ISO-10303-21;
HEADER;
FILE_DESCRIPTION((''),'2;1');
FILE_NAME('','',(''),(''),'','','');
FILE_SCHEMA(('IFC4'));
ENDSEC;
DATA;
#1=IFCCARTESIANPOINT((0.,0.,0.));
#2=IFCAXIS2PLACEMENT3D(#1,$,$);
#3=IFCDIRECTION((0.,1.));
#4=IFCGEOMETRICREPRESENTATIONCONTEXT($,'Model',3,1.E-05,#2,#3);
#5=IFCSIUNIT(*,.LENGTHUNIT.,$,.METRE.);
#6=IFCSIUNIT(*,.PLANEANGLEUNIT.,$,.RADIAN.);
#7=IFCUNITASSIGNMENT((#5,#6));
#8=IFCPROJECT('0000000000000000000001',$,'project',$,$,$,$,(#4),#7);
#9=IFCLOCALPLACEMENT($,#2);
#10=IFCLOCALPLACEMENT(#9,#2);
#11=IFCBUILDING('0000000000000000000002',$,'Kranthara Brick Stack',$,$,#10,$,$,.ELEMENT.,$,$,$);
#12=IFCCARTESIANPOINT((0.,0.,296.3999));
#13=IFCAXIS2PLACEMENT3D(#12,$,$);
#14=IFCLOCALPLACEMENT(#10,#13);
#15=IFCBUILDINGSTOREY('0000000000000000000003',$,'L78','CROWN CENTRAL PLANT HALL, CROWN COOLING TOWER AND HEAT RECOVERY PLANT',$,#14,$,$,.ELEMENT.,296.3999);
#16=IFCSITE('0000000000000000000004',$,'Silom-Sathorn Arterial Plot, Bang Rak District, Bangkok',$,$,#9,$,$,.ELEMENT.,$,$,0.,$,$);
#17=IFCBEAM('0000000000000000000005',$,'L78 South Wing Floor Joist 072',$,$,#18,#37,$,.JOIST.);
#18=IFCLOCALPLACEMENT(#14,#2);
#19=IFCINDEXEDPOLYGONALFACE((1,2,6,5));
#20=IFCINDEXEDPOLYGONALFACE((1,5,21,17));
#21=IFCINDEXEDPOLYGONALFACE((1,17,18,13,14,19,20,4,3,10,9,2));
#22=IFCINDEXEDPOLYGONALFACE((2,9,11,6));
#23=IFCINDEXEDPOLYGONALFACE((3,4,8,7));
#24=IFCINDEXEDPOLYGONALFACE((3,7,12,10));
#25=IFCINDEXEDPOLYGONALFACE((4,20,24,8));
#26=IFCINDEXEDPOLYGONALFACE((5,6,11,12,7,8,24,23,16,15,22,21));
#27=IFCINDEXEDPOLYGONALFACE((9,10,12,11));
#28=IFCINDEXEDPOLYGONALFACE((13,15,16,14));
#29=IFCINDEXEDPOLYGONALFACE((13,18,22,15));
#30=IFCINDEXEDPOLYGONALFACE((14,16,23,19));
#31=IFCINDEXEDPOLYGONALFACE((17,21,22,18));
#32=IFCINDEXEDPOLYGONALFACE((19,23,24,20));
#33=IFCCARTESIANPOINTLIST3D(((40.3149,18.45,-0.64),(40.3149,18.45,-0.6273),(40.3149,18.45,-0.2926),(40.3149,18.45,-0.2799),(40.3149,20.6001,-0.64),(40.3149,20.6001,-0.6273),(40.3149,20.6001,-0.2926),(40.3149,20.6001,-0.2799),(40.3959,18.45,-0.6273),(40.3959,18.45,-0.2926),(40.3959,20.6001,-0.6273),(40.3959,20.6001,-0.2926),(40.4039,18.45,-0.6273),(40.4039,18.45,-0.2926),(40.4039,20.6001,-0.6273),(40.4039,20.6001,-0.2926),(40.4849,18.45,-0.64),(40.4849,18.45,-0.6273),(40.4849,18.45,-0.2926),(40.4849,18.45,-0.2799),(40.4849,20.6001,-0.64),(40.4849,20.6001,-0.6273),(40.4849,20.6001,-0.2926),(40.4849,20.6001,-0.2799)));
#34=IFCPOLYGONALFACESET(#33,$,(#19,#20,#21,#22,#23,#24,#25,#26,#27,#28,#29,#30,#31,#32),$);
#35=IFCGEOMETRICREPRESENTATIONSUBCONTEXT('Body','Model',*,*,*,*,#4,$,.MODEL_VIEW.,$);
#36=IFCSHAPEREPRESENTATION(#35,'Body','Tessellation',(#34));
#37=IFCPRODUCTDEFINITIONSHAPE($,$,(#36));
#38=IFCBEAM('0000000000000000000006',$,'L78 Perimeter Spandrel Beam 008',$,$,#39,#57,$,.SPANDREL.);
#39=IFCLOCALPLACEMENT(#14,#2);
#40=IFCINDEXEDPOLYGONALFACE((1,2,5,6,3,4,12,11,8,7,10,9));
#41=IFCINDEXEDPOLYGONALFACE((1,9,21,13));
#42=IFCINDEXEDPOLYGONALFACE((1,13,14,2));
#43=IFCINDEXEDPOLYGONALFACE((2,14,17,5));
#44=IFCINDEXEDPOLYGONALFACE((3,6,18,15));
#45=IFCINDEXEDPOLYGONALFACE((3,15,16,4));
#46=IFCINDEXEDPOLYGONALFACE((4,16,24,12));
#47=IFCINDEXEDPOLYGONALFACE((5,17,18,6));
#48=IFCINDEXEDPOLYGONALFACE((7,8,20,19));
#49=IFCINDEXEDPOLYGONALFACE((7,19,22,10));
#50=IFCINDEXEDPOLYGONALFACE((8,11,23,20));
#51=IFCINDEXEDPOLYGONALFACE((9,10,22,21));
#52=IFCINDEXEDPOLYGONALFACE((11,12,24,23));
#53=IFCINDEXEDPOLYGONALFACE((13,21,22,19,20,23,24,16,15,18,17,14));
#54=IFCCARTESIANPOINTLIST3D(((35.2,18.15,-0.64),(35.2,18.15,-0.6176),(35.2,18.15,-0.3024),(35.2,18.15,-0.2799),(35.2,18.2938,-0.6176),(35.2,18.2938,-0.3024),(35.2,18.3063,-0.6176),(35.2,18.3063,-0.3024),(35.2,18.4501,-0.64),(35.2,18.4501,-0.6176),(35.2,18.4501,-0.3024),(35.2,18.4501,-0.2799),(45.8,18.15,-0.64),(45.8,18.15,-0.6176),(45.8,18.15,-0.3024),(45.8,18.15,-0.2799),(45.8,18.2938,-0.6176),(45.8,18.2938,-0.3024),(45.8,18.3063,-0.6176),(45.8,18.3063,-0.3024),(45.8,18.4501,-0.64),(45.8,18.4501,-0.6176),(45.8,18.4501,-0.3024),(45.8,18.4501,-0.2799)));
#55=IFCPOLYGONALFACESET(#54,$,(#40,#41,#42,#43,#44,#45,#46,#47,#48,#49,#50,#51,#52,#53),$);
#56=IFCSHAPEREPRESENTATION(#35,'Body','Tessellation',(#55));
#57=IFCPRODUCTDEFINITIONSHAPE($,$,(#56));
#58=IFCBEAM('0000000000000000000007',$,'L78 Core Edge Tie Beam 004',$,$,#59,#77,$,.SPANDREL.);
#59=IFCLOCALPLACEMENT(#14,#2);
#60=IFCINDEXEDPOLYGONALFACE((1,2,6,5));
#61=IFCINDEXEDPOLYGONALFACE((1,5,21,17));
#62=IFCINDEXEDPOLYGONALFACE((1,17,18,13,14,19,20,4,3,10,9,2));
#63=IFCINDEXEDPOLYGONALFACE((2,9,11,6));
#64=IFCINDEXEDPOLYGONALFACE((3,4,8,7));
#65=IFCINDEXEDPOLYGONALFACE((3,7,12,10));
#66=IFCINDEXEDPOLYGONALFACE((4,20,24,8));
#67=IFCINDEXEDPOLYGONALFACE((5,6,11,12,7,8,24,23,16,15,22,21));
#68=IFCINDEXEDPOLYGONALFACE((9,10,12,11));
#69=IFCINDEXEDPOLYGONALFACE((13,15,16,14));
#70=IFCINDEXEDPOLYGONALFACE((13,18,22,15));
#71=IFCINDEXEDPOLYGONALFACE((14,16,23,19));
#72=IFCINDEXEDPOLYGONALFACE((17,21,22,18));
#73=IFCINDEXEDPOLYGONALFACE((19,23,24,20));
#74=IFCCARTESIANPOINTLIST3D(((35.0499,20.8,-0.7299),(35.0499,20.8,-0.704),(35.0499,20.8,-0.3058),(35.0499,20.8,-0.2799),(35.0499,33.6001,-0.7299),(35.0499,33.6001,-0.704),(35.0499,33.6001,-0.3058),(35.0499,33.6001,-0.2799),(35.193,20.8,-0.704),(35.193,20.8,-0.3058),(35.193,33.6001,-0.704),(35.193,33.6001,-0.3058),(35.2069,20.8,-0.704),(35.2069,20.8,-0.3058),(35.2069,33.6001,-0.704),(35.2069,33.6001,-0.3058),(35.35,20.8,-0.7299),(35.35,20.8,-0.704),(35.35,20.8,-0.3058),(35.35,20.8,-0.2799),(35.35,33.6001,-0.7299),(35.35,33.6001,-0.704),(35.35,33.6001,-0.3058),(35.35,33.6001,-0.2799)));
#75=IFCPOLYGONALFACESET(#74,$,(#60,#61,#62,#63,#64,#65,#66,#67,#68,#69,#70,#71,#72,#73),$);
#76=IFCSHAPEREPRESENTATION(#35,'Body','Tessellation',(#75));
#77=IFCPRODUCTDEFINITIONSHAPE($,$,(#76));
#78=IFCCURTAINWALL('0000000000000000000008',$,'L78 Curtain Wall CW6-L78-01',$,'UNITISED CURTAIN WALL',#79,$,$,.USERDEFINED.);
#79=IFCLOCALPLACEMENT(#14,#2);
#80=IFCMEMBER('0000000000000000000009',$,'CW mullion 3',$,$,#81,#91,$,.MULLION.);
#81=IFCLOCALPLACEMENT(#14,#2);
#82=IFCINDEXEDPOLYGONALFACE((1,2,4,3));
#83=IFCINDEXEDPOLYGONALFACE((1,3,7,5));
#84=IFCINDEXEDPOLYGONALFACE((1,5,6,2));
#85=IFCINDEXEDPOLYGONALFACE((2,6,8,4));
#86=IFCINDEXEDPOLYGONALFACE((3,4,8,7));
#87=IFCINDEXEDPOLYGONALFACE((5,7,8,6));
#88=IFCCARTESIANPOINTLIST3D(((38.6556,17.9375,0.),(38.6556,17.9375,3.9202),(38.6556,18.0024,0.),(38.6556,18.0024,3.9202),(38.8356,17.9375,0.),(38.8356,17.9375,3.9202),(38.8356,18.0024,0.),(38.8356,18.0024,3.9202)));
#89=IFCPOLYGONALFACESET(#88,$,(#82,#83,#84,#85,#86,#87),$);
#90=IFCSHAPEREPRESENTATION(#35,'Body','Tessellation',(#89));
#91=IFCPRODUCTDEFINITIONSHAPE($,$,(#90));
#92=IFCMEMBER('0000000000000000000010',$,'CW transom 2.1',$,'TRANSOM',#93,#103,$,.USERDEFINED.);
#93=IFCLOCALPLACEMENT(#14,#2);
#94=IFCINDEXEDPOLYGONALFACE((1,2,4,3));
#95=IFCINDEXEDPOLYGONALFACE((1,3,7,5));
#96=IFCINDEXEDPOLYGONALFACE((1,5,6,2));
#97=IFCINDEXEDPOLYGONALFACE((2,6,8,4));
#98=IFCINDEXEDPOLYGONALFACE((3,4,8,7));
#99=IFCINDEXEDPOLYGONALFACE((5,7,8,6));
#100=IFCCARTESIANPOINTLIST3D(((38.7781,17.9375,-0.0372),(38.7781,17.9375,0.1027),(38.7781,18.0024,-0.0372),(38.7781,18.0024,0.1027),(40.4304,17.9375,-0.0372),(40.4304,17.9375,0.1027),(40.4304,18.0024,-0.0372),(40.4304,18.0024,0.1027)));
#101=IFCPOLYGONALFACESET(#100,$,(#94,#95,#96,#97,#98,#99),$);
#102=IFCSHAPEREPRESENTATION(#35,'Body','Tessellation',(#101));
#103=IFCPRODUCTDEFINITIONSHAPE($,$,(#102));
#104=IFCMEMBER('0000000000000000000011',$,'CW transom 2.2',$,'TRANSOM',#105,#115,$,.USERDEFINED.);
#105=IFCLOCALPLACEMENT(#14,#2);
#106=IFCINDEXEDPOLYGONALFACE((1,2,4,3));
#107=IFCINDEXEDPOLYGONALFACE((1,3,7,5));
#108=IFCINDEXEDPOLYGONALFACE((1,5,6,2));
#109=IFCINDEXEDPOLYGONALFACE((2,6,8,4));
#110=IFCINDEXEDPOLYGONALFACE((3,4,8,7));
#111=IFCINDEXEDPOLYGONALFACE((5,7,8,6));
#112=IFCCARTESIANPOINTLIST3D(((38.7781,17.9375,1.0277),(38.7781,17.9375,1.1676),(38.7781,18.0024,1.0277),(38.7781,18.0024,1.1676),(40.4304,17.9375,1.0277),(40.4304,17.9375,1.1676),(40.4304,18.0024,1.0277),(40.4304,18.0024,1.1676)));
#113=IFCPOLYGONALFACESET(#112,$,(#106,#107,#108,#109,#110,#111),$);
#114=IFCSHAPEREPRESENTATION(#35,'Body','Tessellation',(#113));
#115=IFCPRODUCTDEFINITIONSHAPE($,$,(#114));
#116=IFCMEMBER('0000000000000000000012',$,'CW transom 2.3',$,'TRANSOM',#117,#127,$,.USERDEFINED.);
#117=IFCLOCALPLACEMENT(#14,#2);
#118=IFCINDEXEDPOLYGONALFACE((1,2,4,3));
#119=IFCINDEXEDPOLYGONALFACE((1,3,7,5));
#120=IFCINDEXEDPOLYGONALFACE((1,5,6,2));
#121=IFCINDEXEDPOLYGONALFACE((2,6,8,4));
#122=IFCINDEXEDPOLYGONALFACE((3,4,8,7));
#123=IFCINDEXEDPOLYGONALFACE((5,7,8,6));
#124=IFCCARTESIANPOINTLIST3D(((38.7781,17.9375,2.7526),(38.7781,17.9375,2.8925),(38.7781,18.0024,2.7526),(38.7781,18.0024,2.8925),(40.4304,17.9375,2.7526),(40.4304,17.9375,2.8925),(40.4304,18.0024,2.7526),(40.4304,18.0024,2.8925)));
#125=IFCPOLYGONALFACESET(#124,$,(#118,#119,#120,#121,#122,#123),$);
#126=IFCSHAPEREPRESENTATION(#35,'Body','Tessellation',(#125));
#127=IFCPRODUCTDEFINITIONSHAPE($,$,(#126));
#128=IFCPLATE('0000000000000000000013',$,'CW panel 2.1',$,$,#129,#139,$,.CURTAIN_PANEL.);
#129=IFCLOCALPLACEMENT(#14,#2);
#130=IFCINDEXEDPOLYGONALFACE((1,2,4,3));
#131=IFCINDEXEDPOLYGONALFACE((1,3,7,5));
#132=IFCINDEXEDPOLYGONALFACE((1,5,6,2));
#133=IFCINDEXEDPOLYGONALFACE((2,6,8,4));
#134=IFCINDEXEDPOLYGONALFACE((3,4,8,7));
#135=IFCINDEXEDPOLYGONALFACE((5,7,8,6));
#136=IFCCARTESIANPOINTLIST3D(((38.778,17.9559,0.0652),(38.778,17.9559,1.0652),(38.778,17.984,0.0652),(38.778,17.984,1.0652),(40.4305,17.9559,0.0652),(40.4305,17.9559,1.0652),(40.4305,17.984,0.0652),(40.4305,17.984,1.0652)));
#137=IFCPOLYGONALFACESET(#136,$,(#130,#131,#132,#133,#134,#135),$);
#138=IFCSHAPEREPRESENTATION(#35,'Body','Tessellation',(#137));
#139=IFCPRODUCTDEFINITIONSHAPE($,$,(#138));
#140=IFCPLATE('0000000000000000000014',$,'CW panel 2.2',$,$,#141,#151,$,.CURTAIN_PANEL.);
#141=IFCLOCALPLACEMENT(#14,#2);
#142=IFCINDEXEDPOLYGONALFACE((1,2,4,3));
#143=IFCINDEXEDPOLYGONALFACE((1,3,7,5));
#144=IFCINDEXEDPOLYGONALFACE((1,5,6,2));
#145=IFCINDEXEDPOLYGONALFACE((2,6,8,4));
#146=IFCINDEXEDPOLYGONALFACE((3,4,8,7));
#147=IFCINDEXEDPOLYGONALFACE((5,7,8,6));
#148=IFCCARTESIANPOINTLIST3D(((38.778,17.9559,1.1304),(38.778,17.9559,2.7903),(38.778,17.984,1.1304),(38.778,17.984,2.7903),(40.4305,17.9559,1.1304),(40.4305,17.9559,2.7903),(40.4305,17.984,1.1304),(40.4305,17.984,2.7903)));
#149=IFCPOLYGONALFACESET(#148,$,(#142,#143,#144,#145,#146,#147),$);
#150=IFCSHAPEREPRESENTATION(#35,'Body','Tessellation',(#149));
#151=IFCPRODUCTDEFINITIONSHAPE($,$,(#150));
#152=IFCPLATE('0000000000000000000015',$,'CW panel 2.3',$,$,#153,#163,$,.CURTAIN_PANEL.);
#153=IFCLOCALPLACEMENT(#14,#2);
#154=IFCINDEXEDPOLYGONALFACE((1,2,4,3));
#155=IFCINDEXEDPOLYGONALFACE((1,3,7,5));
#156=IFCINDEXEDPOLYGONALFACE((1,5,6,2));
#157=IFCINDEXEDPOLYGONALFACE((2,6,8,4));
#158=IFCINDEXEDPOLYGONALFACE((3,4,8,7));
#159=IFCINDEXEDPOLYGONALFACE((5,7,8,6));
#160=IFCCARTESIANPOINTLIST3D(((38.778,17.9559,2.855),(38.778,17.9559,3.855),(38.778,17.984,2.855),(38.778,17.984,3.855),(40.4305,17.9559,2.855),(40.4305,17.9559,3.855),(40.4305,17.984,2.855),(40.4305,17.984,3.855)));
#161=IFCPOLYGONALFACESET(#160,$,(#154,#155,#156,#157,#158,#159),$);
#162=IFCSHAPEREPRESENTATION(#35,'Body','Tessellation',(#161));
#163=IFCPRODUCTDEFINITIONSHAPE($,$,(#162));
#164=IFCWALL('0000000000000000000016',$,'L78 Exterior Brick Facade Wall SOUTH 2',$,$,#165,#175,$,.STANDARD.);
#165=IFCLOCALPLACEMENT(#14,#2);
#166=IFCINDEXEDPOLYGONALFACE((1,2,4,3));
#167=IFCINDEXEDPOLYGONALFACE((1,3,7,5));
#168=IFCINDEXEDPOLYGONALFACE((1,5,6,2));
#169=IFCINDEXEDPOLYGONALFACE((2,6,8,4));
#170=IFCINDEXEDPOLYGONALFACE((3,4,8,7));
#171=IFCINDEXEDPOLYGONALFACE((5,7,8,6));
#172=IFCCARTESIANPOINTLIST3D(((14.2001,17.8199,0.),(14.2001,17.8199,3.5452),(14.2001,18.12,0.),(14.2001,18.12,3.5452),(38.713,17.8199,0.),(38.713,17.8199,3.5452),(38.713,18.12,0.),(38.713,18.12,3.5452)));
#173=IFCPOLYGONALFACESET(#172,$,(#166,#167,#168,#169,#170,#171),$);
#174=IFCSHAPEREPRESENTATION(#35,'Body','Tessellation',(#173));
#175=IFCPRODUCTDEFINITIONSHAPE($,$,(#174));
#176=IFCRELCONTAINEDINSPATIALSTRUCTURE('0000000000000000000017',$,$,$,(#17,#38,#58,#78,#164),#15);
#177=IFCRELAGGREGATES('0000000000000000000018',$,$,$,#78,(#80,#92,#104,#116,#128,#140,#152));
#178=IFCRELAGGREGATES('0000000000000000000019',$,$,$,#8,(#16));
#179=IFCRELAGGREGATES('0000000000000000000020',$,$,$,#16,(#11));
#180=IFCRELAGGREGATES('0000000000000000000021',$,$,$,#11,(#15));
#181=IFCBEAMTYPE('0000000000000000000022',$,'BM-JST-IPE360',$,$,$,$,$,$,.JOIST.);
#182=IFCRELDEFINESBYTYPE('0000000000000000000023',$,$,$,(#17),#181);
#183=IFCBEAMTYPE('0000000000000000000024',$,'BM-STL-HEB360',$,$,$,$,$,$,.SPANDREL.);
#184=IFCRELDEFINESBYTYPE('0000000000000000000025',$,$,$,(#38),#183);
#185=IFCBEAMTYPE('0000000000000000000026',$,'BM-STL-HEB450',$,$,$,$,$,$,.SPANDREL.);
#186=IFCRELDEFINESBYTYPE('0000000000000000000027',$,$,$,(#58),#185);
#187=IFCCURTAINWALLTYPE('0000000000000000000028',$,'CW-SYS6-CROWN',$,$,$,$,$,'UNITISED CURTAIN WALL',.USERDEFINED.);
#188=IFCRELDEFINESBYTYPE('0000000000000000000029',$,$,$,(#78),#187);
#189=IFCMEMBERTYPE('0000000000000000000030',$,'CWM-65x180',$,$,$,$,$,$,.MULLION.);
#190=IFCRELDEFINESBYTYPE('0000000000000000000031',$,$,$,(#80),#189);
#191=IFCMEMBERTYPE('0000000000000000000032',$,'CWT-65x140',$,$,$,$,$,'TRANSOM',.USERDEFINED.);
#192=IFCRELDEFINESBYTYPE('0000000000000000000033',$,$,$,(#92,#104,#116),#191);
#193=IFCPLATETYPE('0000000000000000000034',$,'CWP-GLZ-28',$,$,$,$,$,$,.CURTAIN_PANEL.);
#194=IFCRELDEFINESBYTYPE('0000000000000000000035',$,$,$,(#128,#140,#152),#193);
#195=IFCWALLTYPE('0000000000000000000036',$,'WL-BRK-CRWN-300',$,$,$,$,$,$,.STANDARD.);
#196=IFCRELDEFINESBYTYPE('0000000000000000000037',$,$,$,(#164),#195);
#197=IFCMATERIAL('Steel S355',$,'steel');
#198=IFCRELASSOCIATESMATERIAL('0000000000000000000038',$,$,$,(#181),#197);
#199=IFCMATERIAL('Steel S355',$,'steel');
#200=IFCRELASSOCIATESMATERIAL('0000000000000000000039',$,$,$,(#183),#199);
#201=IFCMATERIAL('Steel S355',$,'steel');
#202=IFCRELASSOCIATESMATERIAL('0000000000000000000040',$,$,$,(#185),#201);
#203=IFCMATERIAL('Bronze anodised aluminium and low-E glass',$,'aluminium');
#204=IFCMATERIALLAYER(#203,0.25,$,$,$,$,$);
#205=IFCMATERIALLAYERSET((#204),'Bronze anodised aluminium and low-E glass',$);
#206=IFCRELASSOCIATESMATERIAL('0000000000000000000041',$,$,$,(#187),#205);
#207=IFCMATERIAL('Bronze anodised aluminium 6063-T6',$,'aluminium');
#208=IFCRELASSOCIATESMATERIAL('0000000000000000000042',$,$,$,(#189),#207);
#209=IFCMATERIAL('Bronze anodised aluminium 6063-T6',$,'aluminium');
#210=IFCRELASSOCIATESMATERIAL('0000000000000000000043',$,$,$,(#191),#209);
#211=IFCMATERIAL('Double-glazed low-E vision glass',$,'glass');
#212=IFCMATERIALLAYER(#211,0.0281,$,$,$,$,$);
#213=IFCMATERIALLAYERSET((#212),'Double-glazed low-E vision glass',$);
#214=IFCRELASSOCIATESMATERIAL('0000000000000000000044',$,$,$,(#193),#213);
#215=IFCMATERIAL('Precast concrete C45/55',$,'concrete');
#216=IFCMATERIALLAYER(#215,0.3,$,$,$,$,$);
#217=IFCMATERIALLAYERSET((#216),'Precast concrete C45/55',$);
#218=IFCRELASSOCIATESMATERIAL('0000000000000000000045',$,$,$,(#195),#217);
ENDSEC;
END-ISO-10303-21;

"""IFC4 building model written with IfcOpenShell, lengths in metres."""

from ifc_helpers import new_model, si_unit, direction, frame, frame_2d, origin, origin_2d, place, context, subcontext, project, spatial, rectangle, i_section, extrude, material, layer, layer_set, material_profile, profile_set, type_object, element, aggregate, save


model = new_model("IFC4")

# Units and contexts
model_context = context("Model", 3, precision=1e-05, world=origin(), true_north=direction((0.0, 1.0)))
body_context = subcontext(model_context, "Body", "Model", "MODEL_VIEW")
ifc_project = project(units=[si_unit("LENGTHUNIT", "METRE"), si_unit("PLANEANGLEUNIT", "RADIAN")], contexts=[model_context])

# Site, building, storey
site_placement = place(None, origin())
site = spatial("IfcSite", under=ifc_project, at=site_placement, Name="Silom-Sathorn Arterial Plot, Bang Rak District, Bangkok", CompositionType="ELEMENT", RefElevation=0.0)
building_placement = place(site_placement, origin())
building = spatial("IfcBuilding", under=site, at=building_placement, Name="Kranthara Brick Stack", CompositionType="ELEMENT")
storey_placement = place(building_placement, frame((0.0, 0.0, 296.3999)))
storey = spatial("IfcBuildingStorey", under=building, at=storey_placement, Name="L78", Description="CROWN CENTRAL PLANT HALL, CROWN COOLING TOWER AND HEAT RECOVERY PLANT", CompositionType="ELEMENT", Elevation=296.3999)

# Beams
ifc_material_1 = material(Name="Steel S355", Category="steel")
ifc_material_profile_1 = material_profile(ifc_material_1, i_section(OverallWidth=0.1699, OverallDepth=0.3601, WebThickness=0.0081, FlangeThickness=0.0127, at=origin_2d()), Name="IPE 360")
ifc_profile_set_1 = profile_set([ifc_material_profile_1], Name="Steel S355")
beam_type_1 = type_object("IfcBeamType", Name="BM-JST-IPE360", PredefinedType="JOIST", material=ifc_profile_set_1)
for number, where, z_axis, x_axis, name in (
    (1, (40.3999, 18.45, -0.46), (0.0, 1.0, 0.0), (-1.0, 0.0, 0.0), "L78 South Wing Floor Joist 072"),
):
    element("IfcBeam", number, at=place(storey_placement, frame(where, z_axis=z_axis, x_axis=x_axis)), inside=storey, type_object=beam_type_1, Name=name, PredefinedType="JOIST", context=body_context, shape_type="SweptSolid", body=[
        extrude(i_section(OverallWidth=0.1699, OverallDepth=0.3601, WebThickness=0.0081, FlangeThickness=0.0127, at=origin_2d()), origin(), (0.0, 0.0, 1.0), 2.1501),
    ])
ifc_material_2 = material(Name="Steel S355", Category="steel")
ifc_material_profile_2 = material_profile(ifc_material_2, i_section(OverallWidth=0.3, OverallDepth=0.3601, WebThickness=0.0125, FlangeThickness=0.0225, at=origin_2d()), Name="HEB 360")
ifc_profile_set_2 = profile_set([ifc_material_profile_2], Name="Steel S355")
beam_type_2 = type_object("IfcBeamType", Name="BM-STL-HEB360", PredefinedType="SPANDREL", material=ifc_profile_set_2)
beam_1_placement = place(storey_placement, frame((35.2, 18.3, -0.46), z_axis=(1.0, 0.0, 0.0), x_axis=(0.0, 1.0, 0.0)))
element("IfcBeam", 2, at=beam_1_placement, inside=storey, type_object=beam_type_2, Name="L78 Perimeter Spandrel Beam 008", PredefinedType="SPANDREL", context=body_context, shape_type="SweptSolid", body=[
    extrude(i_section(OverallWidth=0.3, OverallDepth=0.3601, WebThickness=0.0125, FlangeThickness=0.0225, at=origin_2d()), origin(), (0.0, 0.0, 1.0), 10.6001),
])
ifc_material_3 = material(Name="Steel S355", Category="steel")
ifc_material_profile_3 = material_profile(ifc_material_3, i_section(OverallWidth=0.3, OverallDepth=0.45, WebThickness=0.0139, FlangeThickness=0.0259, at=origin_2d()), Name="HEB 450")
ifc_profile_set_3 = profile_set([ifc_material_profile_3], Name="Steel S355")
beam_type_3 = type_object("IfcBeamType", Name="BM-STL-HEB450", PredefinedType="SPANDREL", material=ifc_profile_set_3)
beam_2_placement = place(storey_placement, frame((35.2, 20.8, -0.5049), z_axis=(0.0, 1.0, 0.0), x_axis=(-1.0, 0.0, 0.0)))
element("IfcBeam", 3, at=beam_2_placement, inside=storey, type_object=beam_type_3, Name="L78 Core Edge Tie Beam 004", PredefinedType="SPANDREL", context=body_context, shape_type="SweptSolid", body=[
    extrude(i_section(OverallWidth=0.3, OverallDepth=0.45, WebThickness=0.0139, FlangeThickness=0.0259, at=origin_2d()), origin(), (0.0, 0.0, 1.0), 12.8),
])

# Curtain wall, members, plates
ifc_material_4 = material(Name="Bronze anodised aluminium and low-E glass", Category="aluminium")
ifc_layer_1 = layer(ifc_material_4, 0.25)
ifc_layer_set_1 = layer_set([ifc_layer_1], Name="Bronze anodised aluminium and low-E glass")
curtain_wall_type = type_object("IfcCurtainWallType", Name="CW-SYS6-CROWN", ElementType="UNITISED CURTAIN WALL", PredefinedType="USERDEFINED", material=ifc_layer_set_1)
curtain_wall_placement = place(storey_placement, origin())
curtain_wall = element("IfcCurtainWall", 4, at=curtain_wall_placement, inside=storey, type_object=curtain_wall_type, Name="L78 Curtain Wall CW6-L78-01", ObjectType="UNITISED CURTAIN WALL", PredefinedType="USERDEFINED")
ifc_material_5 = material(Name="Bronze anodised aluminium 6063-T6", Category="aluminium")
ifc_material_profile_4 = material_profile(ifc_material_5, rectangle(XDim=0.0649, YDim=0.1799, at=origin_2d()), Name="ALU MULLION 65x180")
ifc_profile_set_4 = profile_set([ifc_material_profile_4], Name="Bronze anodised aluminium 6063-T6")
member_type_1 = type_object("IfcMemberType", Name="CWM-65x180", PredefinedType="MULLION", material=ifc_profile_set_4)
member_1_placement = place(storey_placement, frame((38.7456, 17.97, 0.0), z_axis=(0.0, 0.0, 1.0), x_axis=(0.0, -1.0, 0.0)))
member_1 = element("IfcMember", 5, at=member_1_placement, type_object=member_type_1, Name="CW mullion 3", PredefinedType="MULLION", context=body_context, shape_type="SweptSolid", body=[
    extrude(rectangle(XDim=0.0649, YDim=0.1799, at=origin_2d()), origin(), (0.0, 0.0, 1.0), 3.9202),
])
ifc_material_6 = material(Name="Bronze anodised aluminium 6063-T6", Category="aluminium")
ifc_material_profile_5 = material_profile(ifc_material_6, rectangle(XDim=0.0649, YDim=0.1399, at=origin_2d()), Name="ALU TRANSOM 65x140")
ifc_profile_set_5 = profile_set([ifc_material_profile_5], Name="Bronze anodised aluminium 6063-T6")
member_type_2 = type_object("IfcMemberType", Name="CWT-65x140", ElementType="TRANSOM", PredefinedType="USERDEFINED", material=ifc_profile_set_5)
member_2_placement = place(storey_placement, frame((40.4304, 17.97, 0.0327), z_axis=(-1.0, 0.0, 0.0), x_axis=(0.0, -1.0, 0.0)))
member_2 = element("IfcMember", 6, at=member_2_placement, type_object=member_type_2, Name="CW transom 2.1", ObjectType="TRANSOM", PredefinedType="USERDEFINED", context=body_context, shape_type="SweptSolid", body=[
    extrude(rectangle(XDim=0.0649, YDim=0.1399, at=origin_2d()), origin(), (0.0, 0.0, 1.0), 1.6523),
])
member_3_placement = place(storey_placement, frame((40.4304, 17.97, 1.0977), z_axis=(-1.0, 0.0, 0.0), x_axis=(0.0, -1.0, 0.0)))
member_3 = element("IfcMember", 7, at=member_3_placement, type_object=member_type_2, Name="CW transom 2.2", ObjectType="TRANSOM", PredefinedType="USERDEFINED", context=body_context, shape_type="SweptSolid", body=[
    extrude(rectangle(XDim=0.0649, YDim=0.1399, at=origin_2d()), origin(), (0.0, 0.0, 1.0), 1.6523),
])
member_4_placement = place(storey_placement, frame((40.4304, 17.97, 2.8225), z_axis=(-1.0, 0.0, 0.0), x_axis=(0.0, -1.0, 0.0)))
member_4 = element("IfcMember", 8, at=member_4_placement, type_object=member_type_2, Name="CW transom 2.3", ObjectType="TRANSOM", PredefinedType="USERDEFINED", context=body_context, shape_type="SweptSolid", body=[
    extrude(rectangle(XDim=0.0649, YDim=0.1399, at=origin_2d()), origin(), (0.0, 0.0, 1.0), 1.6523),
])
ifc_material_7 = material(Name="Double-glazed low-E vision glass", Category="glass")
ifc_layer_2 = layer(ifc_material_7, 0.0281)
ifc_layer_set_2 = layer_set([ifc_layer_2], Name="Double-glazed low-E vision glass")
plate_type = type_object("IfcPlateType", Name="CWP-GLZ-28", PredefinedType="CURTAIN_PANEL", material=ifc_layer_set_2)
plate_1_placement = place(storey_placement, frame((39.6042, 17.97, 0.0652), z_axis=(0.0, 0.0, 1.0), x_axis=(-1.0, 0.0, 0.0)))
plate_1 = element("IfcPlate", 9, at=plate_1_placement, type_object=plate_type, Name="CW panel 2.1", PredefinedType="CURTAIN_PANEL", context=body_context, shape_type="SweptSolid", body=[
    extrude(rectangle(XDim=1.6526, YDim=0.0281, at=origin_2d()), origin(), (0.0, 0.0, 1.0), 1.0),
])
plate_2_placement = place(storey_placement, frame((39.6042, 17.97, 1.1304), z_axis=(0.0, 0.0, 1.0), x_axis=(-1.0, 0.0, 0.0)))
plate_2 = element("IfcPlate", 10, at=plate_2_placement, type_object=plate_type, Name="CW panel 2.2", PredefinedType="CURTAIN_PANEL", context=body_context, shape_type="SweptSolid", body=[
    extrude(rectangle(XDim=1.6526, YDim=0.0281, at=origin_2d()), origin(), (0.0, 0.0, 1.0), 1.6599),
])
plate_3_placement = place(storey_placement, frame((39.6042, 17.97, 2.855), z_axis=(0.0, 0.0, 1.0), x_axis=(-1.0, 0.0, 0.0)))
plate_3 = element("IfcPlate", 11, at=plate_3_placement, type_object=plate_type, Name="CW panel 2.3", PredefinedType="CURTAIN_PANEL", context=body_context, shape_type="SweptSolid", body=[
    extrude(rectangle(XDim=1.6526, YDim=0.0281, at=origin_2d()), origin(), (0.0, 0.0, 1.0), 1.0),
])
aggregate(curtain_wall, [member_1, member_2, member_3, member_4, plate_1, plate_2, plate_3])

# Wall
ifc_material_8 = material(Name="Precast concrete C45/55", Category="concrete")
ifc_layer_3 = layer(ifc_material_8, 0.3)
ifc_layer_set_3 = layer_set([ifc_layer_3], Name="Precast concrete C45/55")
wall_type_1 = type_object("IfcWallType", Name="WL-BRK-CRWN-300", PredefinedType="STANDARD", material=ifc_layer_set_3)
wall_1_placement = place(storey_placement, frame((38.7129, 17.97, 0.0), z_axis=(0.0, 0.0, 1.0), x_axis=(-1.0, 0.0, 0.0)))
element("IfcWall", 12, at=wall_1_placement, inside=storey, type_object=wall_type_1, Name="L78 Exterior Brick Facade Wall SOUTH 2", PredefinedType="STANDARD", context=body_context, shape_type="SweptSolid", body=[
    extrude(rectangle(XDim=24.5129, YDim=0.3, at=frame_2d((12.2563, 0.0))), origin(), (0.0, 0.0, 1.0), 3.5452),
])

save(model, "model.ifc")
